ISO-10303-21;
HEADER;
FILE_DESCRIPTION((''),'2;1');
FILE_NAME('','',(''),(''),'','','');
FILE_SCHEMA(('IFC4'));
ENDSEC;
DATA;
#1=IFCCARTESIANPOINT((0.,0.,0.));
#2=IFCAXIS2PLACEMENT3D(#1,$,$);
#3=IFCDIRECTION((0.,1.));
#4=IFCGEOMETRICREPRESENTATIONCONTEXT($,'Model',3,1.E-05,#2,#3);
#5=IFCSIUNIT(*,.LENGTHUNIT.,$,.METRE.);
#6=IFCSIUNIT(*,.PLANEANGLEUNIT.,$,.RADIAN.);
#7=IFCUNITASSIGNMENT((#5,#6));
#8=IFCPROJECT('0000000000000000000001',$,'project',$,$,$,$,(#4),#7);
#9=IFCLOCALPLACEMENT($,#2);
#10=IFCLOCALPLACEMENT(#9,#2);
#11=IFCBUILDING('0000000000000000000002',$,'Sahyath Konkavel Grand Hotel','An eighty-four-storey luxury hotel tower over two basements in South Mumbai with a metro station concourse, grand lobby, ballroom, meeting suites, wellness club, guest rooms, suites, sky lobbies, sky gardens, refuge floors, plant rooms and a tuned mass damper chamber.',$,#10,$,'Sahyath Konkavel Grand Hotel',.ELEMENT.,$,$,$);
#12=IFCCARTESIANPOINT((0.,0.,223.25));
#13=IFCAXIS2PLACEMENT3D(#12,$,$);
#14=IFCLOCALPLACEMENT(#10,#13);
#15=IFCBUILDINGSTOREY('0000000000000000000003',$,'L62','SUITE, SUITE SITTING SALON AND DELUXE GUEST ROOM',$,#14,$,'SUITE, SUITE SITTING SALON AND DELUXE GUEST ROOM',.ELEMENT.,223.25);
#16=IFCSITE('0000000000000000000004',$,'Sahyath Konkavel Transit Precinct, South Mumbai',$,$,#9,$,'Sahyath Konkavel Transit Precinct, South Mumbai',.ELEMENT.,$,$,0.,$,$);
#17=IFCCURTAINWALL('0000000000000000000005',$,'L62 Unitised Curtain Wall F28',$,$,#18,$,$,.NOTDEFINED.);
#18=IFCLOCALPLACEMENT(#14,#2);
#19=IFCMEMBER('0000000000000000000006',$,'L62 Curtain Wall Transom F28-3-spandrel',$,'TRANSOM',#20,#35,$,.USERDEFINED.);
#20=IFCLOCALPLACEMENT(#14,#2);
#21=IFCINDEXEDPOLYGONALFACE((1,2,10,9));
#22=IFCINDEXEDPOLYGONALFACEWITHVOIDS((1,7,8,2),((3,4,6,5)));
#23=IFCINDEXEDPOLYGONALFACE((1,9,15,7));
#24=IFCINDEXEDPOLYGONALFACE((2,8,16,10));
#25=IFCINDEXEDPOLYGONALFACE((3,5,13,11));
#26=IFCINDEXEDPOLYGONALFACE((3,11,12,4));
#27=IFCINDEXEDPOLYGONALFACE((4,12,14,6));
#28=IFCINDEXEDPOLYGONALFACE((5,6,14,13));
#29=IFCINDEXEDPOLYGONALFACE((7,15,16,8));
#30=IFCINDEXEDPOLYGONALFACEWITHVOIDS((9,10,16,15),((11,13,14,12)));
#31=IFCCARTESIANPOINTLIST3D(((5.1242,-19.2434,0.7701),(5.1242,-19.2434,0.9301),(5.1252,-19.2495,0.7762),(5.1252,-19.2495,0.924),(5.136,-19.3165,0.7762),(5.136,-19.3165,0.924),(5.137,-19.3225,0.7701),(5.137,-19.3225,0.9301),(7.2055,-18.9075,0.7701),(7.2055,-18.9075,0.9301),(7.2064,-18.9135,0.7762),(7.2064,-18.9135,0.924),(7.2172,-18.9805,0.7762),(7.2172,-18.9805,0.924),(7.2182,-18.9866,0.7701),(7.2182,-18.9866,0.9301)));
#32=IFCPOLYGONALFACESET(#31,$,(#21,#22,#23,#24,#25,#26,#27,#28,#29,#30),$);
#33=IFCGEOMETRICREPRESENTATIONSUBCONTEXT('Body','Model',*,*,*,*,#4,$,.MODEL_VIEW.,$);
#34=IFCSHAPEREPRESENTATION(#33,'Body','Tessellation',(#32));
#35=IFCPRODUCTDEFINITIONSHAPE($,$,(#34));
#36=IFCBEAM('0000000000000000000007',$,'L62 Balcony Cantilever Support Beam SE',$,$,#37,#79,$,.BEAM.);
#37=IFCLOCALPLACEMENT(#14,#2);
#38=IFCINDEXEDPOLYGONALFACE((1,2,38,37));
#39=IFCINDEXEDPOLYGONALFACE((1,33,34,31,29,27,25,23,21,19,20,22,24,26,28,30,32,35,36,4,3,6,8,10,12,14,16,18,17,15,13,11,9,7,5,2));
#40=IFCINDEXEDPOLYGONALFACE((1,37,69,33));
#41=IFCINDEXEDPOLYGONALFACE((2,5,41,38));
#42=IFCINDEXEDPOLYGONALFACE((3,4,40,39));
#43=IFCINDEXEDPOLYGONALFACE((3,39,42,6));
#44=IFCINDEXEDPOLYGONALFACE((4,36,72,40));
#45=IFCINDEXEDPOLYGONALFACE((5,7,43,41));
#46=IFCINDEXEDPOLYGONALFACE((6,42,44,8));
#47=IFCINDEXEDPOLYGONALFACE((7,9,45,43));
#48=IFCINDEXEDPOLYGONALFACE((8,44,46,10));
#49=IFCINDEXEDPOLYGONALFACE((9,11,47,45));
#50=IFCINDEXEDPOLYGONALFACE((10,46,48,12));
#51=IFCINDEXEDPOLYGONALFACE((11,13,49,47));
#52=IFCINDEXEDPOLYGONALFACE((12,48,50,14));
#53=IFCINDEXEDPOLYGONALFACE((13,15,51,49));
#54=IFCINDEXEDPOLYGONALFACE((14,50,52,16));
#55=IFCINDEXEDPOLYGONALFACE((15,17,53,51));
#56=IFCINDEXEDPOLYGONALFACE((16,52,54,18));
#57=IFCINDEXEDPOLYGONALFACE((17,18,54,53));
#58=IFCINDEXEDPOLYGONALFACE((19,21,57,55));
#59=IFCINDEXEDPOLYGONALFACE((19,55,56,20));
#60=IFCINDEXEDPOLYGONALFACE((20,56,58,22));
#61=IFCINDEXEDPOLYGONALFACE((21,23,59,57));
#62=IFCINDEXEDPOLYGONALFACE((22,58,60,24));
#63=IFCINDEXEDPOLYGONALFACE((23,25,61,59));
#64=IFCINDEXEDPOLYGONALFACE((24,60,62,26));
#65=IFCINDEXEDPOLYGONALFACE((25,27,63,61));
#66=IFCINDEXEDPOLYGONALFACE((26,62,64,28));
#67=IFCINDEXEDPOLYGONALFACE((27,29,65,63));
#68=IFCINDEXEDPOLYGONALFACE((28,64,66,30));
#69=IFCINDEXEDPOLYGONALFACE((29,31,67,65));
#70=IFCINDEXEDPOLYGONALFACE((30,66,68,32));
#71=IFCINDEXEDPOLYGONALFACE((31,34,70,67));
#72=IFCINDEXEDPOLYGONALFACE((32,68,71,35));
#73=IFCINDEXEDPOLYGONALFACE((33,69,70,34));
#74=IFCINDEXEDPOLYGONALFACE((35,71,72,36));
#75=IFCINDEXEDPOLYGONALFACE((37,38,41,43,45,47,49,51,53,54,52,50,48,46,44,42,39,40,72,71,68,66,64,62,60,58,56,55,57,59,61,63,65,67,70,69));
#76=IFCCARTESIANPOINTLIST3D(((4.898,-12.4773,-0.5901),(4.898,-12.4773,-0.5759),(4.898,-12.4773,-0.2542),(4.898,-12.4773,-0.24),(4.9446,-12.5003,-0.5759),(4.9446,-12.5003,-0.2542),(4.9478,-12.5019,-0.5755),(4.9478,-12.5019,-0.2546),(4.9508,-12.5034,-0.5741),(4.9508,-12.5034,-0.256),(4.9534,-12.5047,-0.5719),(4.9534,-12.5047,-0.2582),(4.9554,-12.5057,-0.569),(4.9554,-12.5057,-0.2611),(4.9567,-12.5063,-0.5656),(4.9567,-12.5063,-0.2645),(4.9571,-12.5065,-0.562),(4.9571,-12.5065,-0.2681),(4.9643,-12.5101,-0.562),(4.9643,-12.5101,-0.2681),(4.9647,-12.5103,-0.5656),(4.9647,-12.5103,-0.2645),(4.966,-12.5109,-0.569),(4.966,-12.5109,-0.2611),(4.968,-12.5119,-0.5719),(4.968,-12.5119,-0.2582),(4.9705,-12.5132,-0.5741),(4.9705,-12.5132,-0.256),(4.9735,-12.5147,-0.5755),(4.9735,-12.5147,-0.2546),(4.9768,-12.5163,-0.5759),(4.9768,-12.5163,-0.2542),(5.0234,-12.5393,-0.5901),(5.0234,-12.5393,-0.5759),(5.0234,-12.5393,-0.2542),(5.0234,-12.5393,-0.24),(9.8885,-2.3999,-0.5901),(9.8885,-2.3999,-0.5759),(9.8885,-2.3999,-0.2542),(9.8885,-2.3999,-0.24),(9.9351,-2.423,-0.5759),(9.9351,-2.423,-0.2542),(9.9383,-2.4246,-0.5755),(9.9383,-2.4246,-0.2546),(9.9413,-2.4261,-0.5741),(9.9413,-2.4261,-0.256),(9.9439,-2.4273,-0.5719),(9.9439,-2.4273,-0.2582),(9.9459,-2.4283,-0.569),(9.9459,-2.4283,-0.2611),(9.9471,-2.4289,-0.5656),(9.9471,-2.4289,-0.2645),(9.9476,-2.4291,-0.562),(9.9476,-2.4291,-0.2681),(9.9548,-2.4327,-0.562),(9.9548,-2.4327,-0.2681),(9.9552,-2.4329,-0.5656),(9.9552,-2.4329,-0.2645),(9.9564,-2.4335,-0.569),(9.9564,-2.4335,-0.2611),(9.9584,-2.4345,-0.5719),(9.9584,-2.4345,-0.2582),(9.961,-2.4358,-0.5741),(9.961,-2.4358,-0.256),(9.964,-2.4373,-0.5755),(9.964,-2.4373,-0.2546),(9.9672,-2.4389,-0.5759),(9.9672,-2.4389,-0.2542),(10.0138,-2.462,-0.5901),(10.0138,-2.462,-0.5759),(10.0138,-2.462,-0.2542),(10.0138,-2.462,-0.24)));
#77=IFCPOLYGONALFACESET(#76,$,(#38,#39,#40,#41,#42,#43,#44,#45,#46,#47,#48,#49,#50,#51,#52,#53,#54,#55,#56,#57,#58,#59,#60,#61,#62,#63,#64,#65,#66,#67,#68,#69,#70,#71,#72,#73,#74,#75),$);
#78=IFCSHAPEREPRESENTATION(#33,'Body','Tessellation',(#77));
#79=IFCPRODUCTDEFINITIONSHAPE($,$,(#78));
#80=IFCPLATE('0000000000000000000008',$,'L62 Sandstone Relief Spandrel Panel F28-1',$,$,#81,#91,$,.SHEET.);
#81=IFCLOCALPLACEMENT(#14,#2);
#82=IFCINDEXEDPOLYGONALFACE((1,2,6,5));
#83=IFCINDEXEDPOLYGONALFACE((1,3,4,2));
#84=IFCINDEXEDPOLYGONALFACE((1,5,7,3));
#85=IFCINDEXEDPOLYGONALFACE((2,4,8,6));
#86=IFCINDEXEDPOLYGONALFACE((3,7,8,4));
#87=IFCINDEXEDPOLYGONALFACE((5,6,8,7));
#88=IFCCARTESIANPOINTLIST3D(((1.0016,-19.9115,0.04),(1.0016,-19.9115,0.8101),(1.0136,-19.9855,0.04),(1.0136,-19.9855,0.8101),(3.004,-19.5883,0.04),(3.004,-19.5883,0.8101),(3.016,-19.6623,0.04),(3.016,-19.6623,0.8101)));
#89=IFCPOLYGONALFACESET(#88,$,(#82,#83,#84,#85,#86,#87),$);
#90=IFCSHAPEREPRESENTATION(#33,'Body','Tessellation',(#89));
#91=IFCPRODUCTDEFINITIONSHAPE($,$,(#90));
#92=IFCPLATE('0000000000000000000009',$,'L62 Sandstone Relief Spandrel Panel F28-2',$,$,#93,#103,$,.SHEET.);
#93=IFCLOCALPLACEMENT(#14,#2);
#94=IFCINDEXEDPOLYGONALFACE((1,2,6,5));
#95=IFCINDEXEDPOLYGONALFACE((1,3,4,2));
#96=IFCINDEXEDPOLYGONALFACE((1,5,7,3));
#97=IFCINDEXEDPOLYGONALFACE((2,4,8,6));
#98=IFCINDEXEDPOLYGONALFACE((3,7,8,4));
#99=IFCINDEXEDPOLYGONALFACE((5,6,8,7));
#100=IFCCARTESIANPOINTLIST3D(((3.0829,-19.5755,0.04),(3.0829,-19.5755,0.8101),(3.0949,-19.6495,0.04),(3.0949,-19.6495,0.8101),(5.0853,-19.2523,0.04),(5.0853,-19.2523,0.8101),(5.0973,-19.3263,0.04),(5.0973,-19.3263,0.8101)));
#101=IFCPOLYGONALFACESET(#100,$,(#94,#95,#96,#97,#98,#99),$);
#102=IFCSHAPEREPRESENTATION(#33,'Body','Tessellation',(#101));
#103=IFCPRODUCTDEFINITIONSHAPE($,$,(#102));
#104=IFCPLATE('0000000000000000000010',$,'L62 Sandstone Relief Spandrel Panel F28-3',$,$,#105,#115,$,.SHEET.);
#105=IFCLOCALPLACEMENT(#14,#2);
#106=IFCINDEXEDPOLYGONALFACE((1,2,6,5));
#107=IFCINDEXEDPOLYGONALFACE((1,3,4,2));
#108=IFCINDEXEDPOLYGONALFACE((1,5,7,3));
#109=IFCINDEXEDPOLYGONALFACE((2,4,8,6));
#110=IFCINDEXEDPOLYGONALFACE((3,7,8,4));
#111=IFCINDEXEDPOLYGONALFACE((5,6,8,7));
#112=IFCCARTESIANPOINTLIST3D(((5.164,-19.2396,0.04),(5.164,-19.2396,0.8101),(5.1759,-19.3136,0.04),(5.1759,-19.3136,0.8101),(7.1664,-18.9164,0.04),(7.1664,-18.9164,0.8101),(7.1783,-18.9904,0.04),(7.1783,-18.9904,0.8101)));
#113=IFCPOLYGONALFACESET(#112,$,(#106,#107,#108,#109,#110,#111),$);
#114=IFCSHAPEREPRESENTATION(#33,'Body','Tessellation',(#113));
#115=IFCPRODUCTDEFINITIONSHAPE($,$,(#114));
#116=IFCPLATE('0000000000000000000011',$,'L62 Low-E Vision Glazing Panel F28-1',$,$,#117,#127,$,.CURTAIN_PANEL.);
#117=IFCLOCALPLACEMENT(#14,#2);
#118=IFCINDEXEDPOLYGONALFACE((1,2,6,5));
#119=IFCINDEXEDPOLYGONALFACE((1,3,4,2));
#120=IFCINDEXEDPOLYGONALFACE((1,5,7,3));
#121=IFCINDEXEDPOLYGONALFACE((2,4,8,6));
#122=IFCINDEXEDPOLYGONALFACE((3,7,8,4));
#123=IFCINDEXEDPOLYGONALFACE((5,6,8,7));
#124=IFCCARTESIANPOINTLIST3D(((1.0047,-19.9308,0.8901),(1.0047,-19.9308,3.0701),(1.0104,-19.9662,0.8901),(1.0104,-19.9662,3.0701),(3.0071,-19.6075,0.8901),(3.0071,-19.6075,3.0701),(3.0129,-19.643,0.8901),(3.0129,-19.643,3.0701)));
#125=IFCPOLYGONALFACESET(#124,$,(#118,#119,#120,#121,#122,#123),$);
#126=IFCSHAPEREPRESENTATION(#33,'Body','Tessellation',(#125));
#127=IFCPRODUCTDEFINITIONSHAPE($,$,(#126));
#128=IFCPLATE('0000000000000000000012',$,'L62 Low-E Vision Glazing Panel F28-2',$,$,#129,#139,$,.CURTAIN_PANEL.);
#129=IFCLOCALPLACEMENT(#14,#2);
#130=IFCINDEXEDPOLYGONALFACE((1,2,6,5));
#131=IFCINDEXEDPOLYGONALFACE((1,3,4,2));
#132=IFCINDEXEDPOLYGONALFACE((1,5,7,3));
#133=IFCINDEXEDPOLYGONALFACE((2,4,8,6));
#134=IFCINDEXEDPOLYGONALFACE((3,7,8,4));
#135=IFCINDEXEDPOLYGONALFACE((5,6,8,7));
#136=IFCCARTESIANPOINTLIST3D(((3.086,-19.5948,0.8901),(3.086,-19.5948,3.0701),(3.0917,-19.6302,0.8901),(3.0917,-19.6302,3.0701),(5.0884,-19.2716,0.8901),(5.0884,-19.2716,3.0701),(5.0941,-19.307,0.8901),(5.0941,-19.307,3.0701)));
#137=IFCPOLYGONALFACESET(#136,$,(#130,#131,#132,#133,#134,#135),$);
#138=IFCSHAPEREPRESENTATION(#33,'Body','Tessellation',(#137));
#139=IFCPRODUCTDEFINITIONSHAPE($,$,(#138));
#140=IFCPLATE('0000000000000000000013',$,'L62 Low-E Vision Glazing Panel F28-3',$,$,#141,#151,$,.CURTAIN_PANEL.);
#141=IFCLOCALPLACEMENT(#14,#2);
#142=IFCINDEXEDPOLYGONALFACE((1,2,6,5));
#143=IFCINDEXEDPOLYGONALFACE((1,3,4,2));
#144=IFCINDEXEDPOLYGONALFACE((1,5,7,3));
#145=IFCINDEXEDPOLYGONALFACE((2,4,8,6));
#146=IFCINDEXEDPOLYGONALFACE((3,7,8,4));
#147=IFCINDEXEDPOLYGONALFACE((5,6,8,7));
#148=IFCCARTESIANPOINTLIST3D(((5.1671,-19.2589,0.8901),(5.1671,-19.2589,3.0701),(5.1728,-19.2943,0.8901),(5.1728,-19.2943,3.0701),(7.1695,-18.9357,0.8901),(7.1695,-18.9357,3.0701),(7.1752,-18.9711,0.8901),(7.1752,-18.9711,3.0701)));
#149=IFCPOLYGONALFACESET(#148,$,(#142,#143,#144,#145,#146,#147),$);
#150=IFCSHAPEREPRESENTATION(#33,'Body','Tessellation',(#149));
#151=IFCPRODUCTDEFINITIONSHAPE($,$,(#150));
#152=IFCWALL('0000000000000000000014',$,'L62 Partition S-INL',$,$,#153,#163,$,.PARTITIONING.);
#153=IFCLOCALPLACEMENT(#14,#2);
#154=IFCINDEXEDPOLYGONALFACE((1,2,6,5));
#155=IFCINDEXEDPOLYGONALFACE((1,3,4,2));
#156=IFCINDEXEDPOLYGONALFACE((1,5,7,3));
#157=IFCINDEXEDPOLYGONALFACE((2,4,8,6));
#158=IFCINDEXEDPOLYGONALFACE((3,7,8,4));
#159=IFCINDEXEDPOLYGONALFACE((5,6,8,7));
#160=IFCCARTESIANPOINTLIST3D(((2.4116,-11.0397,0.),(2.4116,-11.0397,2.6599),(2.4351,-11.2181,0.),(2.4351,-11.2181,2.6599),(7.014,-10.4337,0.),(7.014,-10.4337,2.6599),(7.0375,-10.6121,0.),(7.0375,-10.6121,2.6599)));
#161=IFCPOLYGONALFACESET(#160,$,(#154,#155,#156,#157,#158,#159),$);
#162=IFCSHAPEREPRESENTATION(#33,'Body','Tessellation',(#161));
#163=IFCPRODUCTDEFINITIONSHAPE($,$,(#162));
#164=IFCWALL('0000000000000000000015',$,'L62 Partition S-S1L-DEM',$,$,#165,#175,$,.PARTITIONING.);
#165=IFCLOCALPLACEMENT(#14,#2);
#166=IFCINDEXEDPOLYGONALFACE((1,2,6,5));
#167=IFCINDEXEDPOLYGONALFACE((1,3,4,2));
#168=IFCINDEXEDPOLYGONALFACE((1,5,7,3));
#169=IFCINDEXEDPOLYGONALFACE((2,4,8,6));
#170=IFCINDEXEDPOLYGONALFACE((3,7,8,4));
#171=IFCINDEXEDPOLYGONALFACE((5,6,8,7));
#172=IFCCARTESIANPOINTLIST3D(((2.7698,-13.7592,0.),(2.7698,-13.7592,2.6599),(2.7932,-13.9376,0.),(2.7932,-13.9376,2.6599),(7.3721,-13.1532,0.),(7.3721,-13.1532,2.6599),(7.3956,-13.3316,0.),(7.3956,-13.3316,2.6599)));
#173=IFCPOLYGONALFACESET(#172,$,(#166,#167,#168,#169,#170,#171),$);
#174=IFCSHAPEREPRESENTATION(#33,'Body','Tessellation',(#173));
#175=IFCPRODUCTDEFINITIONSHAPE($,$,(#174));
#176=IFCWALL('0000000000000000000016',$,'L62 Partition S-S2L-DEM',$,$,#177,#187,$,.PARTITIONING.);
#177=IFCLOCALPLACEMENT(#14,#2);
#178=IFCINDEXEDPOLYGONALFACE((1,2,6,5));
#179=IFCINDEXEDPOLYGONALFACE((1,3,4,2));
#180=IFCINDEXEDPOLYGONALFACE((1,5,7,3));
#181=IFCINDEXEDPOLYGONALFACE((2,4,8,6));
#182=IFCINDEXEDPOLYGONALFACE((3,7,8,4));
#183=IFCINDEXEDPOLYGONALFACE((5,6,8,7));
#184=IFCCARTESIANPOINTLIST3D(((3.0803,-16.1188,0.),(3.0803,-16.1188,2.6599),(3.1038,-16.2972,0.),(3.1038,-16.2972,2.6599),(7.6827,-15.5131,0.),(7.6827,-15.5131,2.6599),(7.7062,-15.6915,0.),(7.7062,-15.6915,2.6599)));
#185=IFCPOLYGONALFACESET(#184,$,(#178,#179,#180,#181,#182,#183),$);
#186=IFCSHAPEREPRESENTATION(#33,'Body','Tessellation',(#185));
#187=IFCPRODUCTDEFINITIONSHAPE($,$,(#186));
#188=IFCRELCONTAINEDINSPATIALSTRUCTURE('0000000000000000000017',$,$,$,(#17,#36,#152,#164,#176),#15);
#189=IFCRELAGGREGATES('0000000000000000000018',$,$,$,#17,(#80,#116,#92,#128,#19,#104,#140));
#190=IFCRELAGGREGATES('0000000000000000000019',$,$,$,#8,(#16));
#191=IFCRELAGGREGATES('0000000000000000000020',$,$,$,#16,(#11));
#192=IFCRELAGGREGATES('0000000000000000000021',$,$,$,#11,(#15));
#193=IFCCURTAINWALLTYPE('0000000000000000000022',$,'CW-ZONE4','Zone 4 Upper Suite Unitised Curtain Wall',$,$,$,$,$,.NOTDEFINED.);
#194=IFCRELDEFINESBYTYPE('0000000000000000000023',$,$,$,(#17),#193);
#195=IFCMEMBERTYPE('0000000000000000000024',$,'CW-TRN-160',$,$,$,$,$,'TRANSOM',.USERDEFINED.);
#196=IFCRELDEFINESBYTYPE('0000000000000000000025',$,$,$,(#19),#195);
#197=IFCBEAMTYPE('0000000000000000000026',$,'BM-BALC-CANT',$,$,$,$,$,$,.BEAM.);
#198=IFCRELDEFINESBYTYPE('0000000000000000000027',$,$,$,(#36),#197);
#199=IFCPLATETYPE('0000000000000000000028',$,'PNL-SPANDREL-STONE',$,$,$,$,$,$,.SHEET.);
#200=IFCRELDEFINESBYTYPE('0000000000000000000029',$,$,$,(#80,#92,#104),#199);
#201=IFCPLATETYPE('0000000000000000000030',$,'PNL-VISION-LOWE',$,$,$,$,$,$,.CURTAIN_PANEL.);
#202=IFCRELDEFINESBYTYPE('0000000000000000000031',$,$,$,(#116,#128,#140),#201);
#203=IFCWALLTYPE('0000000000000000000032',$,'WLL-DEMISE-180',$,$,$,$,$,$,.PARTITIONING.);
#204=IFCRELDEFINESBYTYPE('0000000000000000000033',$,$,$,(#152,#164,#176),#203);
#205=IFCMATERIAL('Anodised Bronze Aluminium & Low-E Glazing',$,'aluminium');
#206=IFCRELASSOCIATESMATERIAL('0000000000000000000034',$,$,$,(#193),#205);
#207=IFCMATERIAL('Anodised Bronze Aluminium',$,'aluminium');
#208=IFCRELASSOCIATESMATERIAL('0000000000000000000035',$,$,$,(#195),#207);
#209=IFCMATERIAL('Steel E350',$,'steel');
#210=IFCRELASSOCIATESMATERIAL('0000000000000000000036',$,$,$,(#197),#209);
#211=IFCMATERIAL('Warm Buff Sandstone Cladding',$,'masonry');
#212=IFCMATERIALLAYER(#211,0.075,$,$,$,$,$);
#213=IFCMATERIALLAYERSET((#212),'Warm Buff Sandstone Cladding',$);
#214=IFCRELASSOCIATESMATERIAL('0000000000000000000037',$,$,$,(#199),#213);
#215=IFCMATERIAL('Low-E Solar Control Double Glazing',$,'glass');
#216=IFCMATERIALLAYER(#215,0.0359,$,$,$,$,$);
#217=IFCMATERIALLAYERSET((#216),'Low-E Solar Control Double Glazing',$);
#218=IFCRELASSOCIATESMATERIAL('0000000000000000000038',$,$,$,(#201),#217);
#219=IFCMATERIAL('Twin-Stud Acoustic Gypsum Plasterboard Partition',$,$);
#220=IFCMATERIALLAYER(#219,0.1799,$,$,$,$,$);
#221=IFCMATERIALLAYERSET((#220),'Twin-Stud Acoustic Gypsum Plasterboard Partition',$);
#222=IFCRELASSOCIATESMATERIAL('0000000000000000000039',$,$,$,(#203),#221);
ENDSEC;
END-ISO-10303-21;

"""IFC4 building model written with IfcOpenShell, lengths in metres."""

from ifc_helpers import new_model, si_unit, direction, frame, frame_2d, origin, origin_2d, place, context, subcontext, project, spatial, rectangle, hollow_rectangle, i_section, extrude, source, transform, mapped, material, layer, layer_set, material_profile, profile_set, type_object, element, aggregate, save


model = new_model("IFC4")

# Units and contexts
model_context = context("Model", 3, precision=1e-05, world=origin(), true_north=direction((0.0, 1.0)))
body_context = subcontext(model_context, "Body", "Model", "MODEL_VIEW")
ifc_project = project(units=[si_unit("LENGTHUNIT", "METRE"), si_unit("PLANEANGLEUNIT", "RADIAN")], contexts=[model_context])

# Site, building, storey
site_placement = place(None, origin())
site = spatial("IfcSite", under=ifc_project, at=site_placement, Name="Sahyath Konkavel Transit Precinct, South Mumbai", LongName="Sahyath Konkavel Transit Precinct, South Mumbai", CompositionType="ELEMENT", RefElevation=0.0)
building_placement = place(site_placement, origin())
building = spatial("IfcBuilding", under=site, at=building_placement, Name="Sahyath Konkavel Grand Hotel", Description="An eighty-four-storey luxury hotel tower over two basements in South Mumbai with a metro station concourse, grand lobby, ballroom, meeting suites, wellness club, guest rooms, suites, sky lobbies, sky gardens, refuge floors, plant rooms and a tuned mass damper chamber.", LongName="Sahyath Konkavel Grand Hotel", CompositionType="ELEMENT")
storey_placement = place(building_placement, frame((0.0, 0.0, 223.25)))
storey = spatial("IfcBuildingStorey", under=building, at=storey_placement, Name="L62", Description="SUITE, SUITE SITTING SALON AND DELUXE GUEST ROOM", LongName="SUITE, SUITE SITTING SALON AND DELUXE GUEST ROOM", CompositionType="ELEMENT", Elevation=223.25)

# Shared definitions
ifc_material_1 = material(Name="Steel E350", Category="steel")

# Curtain wall, member
ifc_material_2 = material(Name="Anodised Bronze Aluminium & Low-E Glazing", Category="aluminium")
curtain_wall_type = type_object("IfcCurtainWallType", Name="CW-ZONE4", Description="Zone 4 Upper Suite Unitised Curtain Wall", PredefinedType="NOTDEFINED", material=ifc_material_2)
curtain_wall_placement = place(storey_placement, origin())
curtain_wall = element("IfcCurtainWall", 1, at=curtain_wall_placement, inside=storey, type_object=curtain_wall_type, Name="L62 Unitised Curtain Wall F28", PredefinedType="NOTDEFINED")
ifc_material_3 = material(Name="Anodised Bronze Aluminium", Category="aluminium")
ifc_material_profile_1 = material_profile(ifc_material_3, hollow_rectangle(XDim=0.0801, YDim=0.1599, WallThickness=0.0061, at=origin_2d()), Name="RHS 160x80x6")
ifc_profile_set_1 = profile_set([ifc_material_profile_1], Name="Anodised Bronze Aluminium")
member_type_1 = type_object("IfcMemberType", Name="CW-TRN-160", ElementType="TRANSOM", PredefinedType="USERDEFINED", material=ifc_profile_set_1)
shared_shape_1 = source(origin(), body_context, "Body", "SweptSolid", [
    extrude(hollow_rectangle(XDim=0.0801, YDim=0.1599, WallThickness=0.0061, at=origin_2d()), origin(), (0.0, 0.0, 1.0), 2.1082),
])
member_1_placement = place(storey_placement, frame((5.1306, -19.283, 0.8501), z_axis=(0.987223, 0.159345, 0.0), x_axis=(-0.159345, 0.987223, 0.0)))
member_1 = element("IfcMember", 2, at=member_1_placement, type_object=member_type_1, Name="L62 Curtain Wall Transom F28-3-spandrel", ObjectType="TRANSOM", PredefinedType="USERDEFINED", context=body_context, shape_type="MappedRepresentation", body=[
    mapped(shared_shape_1, transform((0.0, 0.0, 0.0), scale=1.0)),
])

# Beam
ifc_material_profile_2 = material_profile(ifc_material_1, i_section(OverallWidth=0.1399, OverallDepth=0.3501, WebThickness=0.0081, FlangeThickness=0.0142, FilletRadius=0.0139, at=origin_2d()), Name="ISMB 350")
ifc_profile_set_2 = profile_set([ifc_material_profile_2], Name="Steel E350")
beam_type_1 = type_object("IfcBeamType", Name="BM-BALC-CANT", PredefinedType="BEAM", material=ifc_profile_set_2)
shared_shape_2 = source(origin(), body_context, "Body", "SweptSolid", [
    extrude(i_section(OverallWidth=0.1399, OverallDepth=0.3501, WebThickness=0.0081, FlangeThickness=0.0142, FilletRadius=0.0139, at=origin_2d()), origin(), (0.0, 0.0, 1.0), 11.2454),
])
beam_1_placement = place(storey_placement, frame((4.9607, -12.5083, -0.415), z_axis=(0.44378, 0.896136, 0.0), x_axis=(-0.896136, 0.44378, 0.0)))
element("IfcBeam", 3, at=beam_1_placement, inside=storey, type_object=beam_type_1, Name="L62 Balcony Cantilever Support Beam SE", PredefinedType="BEAM", context=body_context, shape_type="MappedRepresentation", body=[
    mapped(shared_shape_2, transform((0.0, 0.0, 0.0), scale=1.0)),
])

# Plates
ifc_material_4 = material(Name="Warm Buff Sandstone Cladding", Category="masonry")
ifc_layer_1 = layer(ifc_material_4, 0.075)
ifc_layer_set_1 = layer_set([ifc_layer_1], Name="Warm Buff Sandstone Cladding")
plate_type_1 = type_object("IfcPlateType", Name="PNL-SPANDREL-STONE", PredefinedType="SHEET", material=ifc_layer_set_1)
shared_shape_3 = source(origin(), body_context, "Body", "SweptSolid", [
    extrude(rectangle(XDim=2.0283, YDim=0.075, at=origin_2d()), origin(), (0.0, 0.0, 1.0), 0.77),
])
plate_1_placement = place(storey_placement, frame((2.0088, -19.7869, 0.04), z_axis=(0.0, 0.0, 1.0), x_axis=(0.987223, 0.159347, 0.0)))
plate_1 = element("IfcPlate", 4, at=plate_1_placement, type_object=plate_type_1, Name="L62 Sandstone Relief Spandrel Panel F28-1", PredefinedType="SHEET", context=body_context, shape_type="MappedRepresentation", body=[
    mapped(shared_shape_3, transform((0.0, 0.0, 0.0), scale=1.0)),
])
plate_2_placement = place(storey_placement, frame((4.0901, -19.4509, 0.04), z_axis=(0.0, 0.0, 1.0), x_axis=(0.987223, 0.159347, 0.0)))
plate_2 = element("IfcPlate", 5, at=plate_2_placement, type_object=plate_type_1, Name="L62 Sandstone Relief Spandrel Panel F28-2", PredefinedType="SHEET", context=body_context, shape_type="MappedRepresentation", body=[
    mapped(shared_shape_3, transform((0.0, 0.0, 0.0), scale=1.0)),
])
plate_3_placement = place(storey_placement, frame((6.1711, -19.115, 0.04), z_axis=(0.0, 0.0, 1.0), x_axis=(0.987223, 0.159347, 0.0)))
plate_3 = element("IfcPlate", 6, at=plate_3_placement, type_object=plate_type_1, Name="L62 Sandstone Relief Spandrel Panel F28-3", PredefinedType="SHEET", context=body_context, shape_type="MappedRepresentation", body=[
    mapped(shared_shape_3, transform((0.0, 0.0, 0.0), scale=1.0)),
])
ifc_material_5 = material(Name="Low-E Solar Control Double Glazing", Category="glass")
ifc_layer_2 = layer(ifc_material_5, 0.0359)
ifc_layer_set_2 = layer_set([ifc_layer_2], Name="Low-E Solar Control Double Glazing")
plate_type_2 = type_object("IfcPlateType", Name="PNL-VISION-LOWE", PredefinedType="CURTAIN_PANEL", material=ifc_layer_set_2)
shared_shape_4 = source(origin(), body_context, "Body", "SweptSolid", [
    extrude(rectangle(XDim=2.0283, YDim=0.0359, at=origin_2d()), origin(), (0.0, 0.0, 1.0), 2.1799),
])
plate_4_placement = place(storey_placement, frame((2.0088, -19.7869, 0.8901), z_axis=(0.0, 0.0, 1.0), x_axis=(0.987223, 0.159347, 0.0)))
plate_4 = element("IfcPlate", 7, at=plate_4_placement, type_object=plate_type_2, Name="L62 Low-E Vision Glazing Panel F28-1", PredefinedType="CURTAIN_PANEL", context=body_context, shape_type="MappedRepresentation", body=[
    mapped(shared_shape_4, transform((0.0, 0.0, 0.0), scale=1.0)),
])
plate_5_placement = place(storey_placement, frame((4.0901, -19.4509, 0.8901), z_axis=(0.0, 0.0, 1.0), x_axis=(0.987223, 0.159347, 0.0)))
plate_5 = element("IfcPlate", 8, at=plate_5_placement, type_object=plate_type_2, Name="L62 Low-E Vision Glazing Panel F28-2", PredefinedType="CURTAIN_PANEL", context=body_context, shape_type="MappedRepresentation", body=[
    mapped(shared_shape_4, transform((0.0, 0.0, 0.0), scale=1.0)),
])
plate_6_placement = place(storey_placement, frame((6.1711, -19.115, 0.8901), z_axis=(0.0, 0.0, 1.0), x_axis=(0.987223, 0.159347, 0.0)))
plate_6 = element("IfcPlate", 9, at=plate_6_placement, type_object=plate_type_2, Name="L62 Low-E Vision Glazing Panel F28-3", PredefinedType="CURTAIN_PANEL", context=body_context, shape_type="MappedRepresentation", body=[
    mapped(shared_shape_4, transform((0.0, 0.0, 0.0), scale=1.0)),
])
aggregate(curtain_wall, [plate_1, plate_4, plate_2, plate_5, member_1, plate_3, plate_6])

# Walls
ifc_material_6 = material(Name="Twin-Stud Acoustic Gypsum Plasterboard Partition")
ifc_layer_3 = layer(ifc_material_6, 0.1799)
ifc_layer_set_3 = layer_set([ifc_layer_3], Name="Twin-Stud Acoustic Gypsum Plasterboard Partition")
wall_type_1 = type_object("IfcWallType", Name="WLL-DEMISE-180", PredefinedType="PARTITIONING", material=ifc_layer_set_3)
for number, where, z_axis, x_axis, name in (
    (10, (2.4233, -11.1289, 0.0), (0.0, 0.0, 1.0), (0.991443, 0.130538, 0.0), "L62 Partition S-INL"),
    (11, (2.7815, -13.8484, 0.0), (0.0, 0.0, 1.0), (0.991443, 0.130538, 0.0), "L62 Partition S-S1L-DEM"),
    (12, (3.092, -16.208, 0.0), (0.0, 0.0, 1.0), (0.99145, 0.130486, 0.0), "L62 Partition S-S2L-DEM"),
):
    element("IfcWall", number, at=place(storey_placement, frame(where, z_axis=z_axis, x_axis=x_axis)), inside=storey, type_object=wall_type_1, Name=name, PredefinedType="PARTITIONING", context=body_context, shape_type="SweptSolid", body=[
        extrude(rectangle(XDim=4.6421, YDim=0.1799, at=frame_2d((2.321, 0.0))), origin(), (0.0, 0.0, 1.0), 2.6599),
    ])

save(model, "model.ifc")
